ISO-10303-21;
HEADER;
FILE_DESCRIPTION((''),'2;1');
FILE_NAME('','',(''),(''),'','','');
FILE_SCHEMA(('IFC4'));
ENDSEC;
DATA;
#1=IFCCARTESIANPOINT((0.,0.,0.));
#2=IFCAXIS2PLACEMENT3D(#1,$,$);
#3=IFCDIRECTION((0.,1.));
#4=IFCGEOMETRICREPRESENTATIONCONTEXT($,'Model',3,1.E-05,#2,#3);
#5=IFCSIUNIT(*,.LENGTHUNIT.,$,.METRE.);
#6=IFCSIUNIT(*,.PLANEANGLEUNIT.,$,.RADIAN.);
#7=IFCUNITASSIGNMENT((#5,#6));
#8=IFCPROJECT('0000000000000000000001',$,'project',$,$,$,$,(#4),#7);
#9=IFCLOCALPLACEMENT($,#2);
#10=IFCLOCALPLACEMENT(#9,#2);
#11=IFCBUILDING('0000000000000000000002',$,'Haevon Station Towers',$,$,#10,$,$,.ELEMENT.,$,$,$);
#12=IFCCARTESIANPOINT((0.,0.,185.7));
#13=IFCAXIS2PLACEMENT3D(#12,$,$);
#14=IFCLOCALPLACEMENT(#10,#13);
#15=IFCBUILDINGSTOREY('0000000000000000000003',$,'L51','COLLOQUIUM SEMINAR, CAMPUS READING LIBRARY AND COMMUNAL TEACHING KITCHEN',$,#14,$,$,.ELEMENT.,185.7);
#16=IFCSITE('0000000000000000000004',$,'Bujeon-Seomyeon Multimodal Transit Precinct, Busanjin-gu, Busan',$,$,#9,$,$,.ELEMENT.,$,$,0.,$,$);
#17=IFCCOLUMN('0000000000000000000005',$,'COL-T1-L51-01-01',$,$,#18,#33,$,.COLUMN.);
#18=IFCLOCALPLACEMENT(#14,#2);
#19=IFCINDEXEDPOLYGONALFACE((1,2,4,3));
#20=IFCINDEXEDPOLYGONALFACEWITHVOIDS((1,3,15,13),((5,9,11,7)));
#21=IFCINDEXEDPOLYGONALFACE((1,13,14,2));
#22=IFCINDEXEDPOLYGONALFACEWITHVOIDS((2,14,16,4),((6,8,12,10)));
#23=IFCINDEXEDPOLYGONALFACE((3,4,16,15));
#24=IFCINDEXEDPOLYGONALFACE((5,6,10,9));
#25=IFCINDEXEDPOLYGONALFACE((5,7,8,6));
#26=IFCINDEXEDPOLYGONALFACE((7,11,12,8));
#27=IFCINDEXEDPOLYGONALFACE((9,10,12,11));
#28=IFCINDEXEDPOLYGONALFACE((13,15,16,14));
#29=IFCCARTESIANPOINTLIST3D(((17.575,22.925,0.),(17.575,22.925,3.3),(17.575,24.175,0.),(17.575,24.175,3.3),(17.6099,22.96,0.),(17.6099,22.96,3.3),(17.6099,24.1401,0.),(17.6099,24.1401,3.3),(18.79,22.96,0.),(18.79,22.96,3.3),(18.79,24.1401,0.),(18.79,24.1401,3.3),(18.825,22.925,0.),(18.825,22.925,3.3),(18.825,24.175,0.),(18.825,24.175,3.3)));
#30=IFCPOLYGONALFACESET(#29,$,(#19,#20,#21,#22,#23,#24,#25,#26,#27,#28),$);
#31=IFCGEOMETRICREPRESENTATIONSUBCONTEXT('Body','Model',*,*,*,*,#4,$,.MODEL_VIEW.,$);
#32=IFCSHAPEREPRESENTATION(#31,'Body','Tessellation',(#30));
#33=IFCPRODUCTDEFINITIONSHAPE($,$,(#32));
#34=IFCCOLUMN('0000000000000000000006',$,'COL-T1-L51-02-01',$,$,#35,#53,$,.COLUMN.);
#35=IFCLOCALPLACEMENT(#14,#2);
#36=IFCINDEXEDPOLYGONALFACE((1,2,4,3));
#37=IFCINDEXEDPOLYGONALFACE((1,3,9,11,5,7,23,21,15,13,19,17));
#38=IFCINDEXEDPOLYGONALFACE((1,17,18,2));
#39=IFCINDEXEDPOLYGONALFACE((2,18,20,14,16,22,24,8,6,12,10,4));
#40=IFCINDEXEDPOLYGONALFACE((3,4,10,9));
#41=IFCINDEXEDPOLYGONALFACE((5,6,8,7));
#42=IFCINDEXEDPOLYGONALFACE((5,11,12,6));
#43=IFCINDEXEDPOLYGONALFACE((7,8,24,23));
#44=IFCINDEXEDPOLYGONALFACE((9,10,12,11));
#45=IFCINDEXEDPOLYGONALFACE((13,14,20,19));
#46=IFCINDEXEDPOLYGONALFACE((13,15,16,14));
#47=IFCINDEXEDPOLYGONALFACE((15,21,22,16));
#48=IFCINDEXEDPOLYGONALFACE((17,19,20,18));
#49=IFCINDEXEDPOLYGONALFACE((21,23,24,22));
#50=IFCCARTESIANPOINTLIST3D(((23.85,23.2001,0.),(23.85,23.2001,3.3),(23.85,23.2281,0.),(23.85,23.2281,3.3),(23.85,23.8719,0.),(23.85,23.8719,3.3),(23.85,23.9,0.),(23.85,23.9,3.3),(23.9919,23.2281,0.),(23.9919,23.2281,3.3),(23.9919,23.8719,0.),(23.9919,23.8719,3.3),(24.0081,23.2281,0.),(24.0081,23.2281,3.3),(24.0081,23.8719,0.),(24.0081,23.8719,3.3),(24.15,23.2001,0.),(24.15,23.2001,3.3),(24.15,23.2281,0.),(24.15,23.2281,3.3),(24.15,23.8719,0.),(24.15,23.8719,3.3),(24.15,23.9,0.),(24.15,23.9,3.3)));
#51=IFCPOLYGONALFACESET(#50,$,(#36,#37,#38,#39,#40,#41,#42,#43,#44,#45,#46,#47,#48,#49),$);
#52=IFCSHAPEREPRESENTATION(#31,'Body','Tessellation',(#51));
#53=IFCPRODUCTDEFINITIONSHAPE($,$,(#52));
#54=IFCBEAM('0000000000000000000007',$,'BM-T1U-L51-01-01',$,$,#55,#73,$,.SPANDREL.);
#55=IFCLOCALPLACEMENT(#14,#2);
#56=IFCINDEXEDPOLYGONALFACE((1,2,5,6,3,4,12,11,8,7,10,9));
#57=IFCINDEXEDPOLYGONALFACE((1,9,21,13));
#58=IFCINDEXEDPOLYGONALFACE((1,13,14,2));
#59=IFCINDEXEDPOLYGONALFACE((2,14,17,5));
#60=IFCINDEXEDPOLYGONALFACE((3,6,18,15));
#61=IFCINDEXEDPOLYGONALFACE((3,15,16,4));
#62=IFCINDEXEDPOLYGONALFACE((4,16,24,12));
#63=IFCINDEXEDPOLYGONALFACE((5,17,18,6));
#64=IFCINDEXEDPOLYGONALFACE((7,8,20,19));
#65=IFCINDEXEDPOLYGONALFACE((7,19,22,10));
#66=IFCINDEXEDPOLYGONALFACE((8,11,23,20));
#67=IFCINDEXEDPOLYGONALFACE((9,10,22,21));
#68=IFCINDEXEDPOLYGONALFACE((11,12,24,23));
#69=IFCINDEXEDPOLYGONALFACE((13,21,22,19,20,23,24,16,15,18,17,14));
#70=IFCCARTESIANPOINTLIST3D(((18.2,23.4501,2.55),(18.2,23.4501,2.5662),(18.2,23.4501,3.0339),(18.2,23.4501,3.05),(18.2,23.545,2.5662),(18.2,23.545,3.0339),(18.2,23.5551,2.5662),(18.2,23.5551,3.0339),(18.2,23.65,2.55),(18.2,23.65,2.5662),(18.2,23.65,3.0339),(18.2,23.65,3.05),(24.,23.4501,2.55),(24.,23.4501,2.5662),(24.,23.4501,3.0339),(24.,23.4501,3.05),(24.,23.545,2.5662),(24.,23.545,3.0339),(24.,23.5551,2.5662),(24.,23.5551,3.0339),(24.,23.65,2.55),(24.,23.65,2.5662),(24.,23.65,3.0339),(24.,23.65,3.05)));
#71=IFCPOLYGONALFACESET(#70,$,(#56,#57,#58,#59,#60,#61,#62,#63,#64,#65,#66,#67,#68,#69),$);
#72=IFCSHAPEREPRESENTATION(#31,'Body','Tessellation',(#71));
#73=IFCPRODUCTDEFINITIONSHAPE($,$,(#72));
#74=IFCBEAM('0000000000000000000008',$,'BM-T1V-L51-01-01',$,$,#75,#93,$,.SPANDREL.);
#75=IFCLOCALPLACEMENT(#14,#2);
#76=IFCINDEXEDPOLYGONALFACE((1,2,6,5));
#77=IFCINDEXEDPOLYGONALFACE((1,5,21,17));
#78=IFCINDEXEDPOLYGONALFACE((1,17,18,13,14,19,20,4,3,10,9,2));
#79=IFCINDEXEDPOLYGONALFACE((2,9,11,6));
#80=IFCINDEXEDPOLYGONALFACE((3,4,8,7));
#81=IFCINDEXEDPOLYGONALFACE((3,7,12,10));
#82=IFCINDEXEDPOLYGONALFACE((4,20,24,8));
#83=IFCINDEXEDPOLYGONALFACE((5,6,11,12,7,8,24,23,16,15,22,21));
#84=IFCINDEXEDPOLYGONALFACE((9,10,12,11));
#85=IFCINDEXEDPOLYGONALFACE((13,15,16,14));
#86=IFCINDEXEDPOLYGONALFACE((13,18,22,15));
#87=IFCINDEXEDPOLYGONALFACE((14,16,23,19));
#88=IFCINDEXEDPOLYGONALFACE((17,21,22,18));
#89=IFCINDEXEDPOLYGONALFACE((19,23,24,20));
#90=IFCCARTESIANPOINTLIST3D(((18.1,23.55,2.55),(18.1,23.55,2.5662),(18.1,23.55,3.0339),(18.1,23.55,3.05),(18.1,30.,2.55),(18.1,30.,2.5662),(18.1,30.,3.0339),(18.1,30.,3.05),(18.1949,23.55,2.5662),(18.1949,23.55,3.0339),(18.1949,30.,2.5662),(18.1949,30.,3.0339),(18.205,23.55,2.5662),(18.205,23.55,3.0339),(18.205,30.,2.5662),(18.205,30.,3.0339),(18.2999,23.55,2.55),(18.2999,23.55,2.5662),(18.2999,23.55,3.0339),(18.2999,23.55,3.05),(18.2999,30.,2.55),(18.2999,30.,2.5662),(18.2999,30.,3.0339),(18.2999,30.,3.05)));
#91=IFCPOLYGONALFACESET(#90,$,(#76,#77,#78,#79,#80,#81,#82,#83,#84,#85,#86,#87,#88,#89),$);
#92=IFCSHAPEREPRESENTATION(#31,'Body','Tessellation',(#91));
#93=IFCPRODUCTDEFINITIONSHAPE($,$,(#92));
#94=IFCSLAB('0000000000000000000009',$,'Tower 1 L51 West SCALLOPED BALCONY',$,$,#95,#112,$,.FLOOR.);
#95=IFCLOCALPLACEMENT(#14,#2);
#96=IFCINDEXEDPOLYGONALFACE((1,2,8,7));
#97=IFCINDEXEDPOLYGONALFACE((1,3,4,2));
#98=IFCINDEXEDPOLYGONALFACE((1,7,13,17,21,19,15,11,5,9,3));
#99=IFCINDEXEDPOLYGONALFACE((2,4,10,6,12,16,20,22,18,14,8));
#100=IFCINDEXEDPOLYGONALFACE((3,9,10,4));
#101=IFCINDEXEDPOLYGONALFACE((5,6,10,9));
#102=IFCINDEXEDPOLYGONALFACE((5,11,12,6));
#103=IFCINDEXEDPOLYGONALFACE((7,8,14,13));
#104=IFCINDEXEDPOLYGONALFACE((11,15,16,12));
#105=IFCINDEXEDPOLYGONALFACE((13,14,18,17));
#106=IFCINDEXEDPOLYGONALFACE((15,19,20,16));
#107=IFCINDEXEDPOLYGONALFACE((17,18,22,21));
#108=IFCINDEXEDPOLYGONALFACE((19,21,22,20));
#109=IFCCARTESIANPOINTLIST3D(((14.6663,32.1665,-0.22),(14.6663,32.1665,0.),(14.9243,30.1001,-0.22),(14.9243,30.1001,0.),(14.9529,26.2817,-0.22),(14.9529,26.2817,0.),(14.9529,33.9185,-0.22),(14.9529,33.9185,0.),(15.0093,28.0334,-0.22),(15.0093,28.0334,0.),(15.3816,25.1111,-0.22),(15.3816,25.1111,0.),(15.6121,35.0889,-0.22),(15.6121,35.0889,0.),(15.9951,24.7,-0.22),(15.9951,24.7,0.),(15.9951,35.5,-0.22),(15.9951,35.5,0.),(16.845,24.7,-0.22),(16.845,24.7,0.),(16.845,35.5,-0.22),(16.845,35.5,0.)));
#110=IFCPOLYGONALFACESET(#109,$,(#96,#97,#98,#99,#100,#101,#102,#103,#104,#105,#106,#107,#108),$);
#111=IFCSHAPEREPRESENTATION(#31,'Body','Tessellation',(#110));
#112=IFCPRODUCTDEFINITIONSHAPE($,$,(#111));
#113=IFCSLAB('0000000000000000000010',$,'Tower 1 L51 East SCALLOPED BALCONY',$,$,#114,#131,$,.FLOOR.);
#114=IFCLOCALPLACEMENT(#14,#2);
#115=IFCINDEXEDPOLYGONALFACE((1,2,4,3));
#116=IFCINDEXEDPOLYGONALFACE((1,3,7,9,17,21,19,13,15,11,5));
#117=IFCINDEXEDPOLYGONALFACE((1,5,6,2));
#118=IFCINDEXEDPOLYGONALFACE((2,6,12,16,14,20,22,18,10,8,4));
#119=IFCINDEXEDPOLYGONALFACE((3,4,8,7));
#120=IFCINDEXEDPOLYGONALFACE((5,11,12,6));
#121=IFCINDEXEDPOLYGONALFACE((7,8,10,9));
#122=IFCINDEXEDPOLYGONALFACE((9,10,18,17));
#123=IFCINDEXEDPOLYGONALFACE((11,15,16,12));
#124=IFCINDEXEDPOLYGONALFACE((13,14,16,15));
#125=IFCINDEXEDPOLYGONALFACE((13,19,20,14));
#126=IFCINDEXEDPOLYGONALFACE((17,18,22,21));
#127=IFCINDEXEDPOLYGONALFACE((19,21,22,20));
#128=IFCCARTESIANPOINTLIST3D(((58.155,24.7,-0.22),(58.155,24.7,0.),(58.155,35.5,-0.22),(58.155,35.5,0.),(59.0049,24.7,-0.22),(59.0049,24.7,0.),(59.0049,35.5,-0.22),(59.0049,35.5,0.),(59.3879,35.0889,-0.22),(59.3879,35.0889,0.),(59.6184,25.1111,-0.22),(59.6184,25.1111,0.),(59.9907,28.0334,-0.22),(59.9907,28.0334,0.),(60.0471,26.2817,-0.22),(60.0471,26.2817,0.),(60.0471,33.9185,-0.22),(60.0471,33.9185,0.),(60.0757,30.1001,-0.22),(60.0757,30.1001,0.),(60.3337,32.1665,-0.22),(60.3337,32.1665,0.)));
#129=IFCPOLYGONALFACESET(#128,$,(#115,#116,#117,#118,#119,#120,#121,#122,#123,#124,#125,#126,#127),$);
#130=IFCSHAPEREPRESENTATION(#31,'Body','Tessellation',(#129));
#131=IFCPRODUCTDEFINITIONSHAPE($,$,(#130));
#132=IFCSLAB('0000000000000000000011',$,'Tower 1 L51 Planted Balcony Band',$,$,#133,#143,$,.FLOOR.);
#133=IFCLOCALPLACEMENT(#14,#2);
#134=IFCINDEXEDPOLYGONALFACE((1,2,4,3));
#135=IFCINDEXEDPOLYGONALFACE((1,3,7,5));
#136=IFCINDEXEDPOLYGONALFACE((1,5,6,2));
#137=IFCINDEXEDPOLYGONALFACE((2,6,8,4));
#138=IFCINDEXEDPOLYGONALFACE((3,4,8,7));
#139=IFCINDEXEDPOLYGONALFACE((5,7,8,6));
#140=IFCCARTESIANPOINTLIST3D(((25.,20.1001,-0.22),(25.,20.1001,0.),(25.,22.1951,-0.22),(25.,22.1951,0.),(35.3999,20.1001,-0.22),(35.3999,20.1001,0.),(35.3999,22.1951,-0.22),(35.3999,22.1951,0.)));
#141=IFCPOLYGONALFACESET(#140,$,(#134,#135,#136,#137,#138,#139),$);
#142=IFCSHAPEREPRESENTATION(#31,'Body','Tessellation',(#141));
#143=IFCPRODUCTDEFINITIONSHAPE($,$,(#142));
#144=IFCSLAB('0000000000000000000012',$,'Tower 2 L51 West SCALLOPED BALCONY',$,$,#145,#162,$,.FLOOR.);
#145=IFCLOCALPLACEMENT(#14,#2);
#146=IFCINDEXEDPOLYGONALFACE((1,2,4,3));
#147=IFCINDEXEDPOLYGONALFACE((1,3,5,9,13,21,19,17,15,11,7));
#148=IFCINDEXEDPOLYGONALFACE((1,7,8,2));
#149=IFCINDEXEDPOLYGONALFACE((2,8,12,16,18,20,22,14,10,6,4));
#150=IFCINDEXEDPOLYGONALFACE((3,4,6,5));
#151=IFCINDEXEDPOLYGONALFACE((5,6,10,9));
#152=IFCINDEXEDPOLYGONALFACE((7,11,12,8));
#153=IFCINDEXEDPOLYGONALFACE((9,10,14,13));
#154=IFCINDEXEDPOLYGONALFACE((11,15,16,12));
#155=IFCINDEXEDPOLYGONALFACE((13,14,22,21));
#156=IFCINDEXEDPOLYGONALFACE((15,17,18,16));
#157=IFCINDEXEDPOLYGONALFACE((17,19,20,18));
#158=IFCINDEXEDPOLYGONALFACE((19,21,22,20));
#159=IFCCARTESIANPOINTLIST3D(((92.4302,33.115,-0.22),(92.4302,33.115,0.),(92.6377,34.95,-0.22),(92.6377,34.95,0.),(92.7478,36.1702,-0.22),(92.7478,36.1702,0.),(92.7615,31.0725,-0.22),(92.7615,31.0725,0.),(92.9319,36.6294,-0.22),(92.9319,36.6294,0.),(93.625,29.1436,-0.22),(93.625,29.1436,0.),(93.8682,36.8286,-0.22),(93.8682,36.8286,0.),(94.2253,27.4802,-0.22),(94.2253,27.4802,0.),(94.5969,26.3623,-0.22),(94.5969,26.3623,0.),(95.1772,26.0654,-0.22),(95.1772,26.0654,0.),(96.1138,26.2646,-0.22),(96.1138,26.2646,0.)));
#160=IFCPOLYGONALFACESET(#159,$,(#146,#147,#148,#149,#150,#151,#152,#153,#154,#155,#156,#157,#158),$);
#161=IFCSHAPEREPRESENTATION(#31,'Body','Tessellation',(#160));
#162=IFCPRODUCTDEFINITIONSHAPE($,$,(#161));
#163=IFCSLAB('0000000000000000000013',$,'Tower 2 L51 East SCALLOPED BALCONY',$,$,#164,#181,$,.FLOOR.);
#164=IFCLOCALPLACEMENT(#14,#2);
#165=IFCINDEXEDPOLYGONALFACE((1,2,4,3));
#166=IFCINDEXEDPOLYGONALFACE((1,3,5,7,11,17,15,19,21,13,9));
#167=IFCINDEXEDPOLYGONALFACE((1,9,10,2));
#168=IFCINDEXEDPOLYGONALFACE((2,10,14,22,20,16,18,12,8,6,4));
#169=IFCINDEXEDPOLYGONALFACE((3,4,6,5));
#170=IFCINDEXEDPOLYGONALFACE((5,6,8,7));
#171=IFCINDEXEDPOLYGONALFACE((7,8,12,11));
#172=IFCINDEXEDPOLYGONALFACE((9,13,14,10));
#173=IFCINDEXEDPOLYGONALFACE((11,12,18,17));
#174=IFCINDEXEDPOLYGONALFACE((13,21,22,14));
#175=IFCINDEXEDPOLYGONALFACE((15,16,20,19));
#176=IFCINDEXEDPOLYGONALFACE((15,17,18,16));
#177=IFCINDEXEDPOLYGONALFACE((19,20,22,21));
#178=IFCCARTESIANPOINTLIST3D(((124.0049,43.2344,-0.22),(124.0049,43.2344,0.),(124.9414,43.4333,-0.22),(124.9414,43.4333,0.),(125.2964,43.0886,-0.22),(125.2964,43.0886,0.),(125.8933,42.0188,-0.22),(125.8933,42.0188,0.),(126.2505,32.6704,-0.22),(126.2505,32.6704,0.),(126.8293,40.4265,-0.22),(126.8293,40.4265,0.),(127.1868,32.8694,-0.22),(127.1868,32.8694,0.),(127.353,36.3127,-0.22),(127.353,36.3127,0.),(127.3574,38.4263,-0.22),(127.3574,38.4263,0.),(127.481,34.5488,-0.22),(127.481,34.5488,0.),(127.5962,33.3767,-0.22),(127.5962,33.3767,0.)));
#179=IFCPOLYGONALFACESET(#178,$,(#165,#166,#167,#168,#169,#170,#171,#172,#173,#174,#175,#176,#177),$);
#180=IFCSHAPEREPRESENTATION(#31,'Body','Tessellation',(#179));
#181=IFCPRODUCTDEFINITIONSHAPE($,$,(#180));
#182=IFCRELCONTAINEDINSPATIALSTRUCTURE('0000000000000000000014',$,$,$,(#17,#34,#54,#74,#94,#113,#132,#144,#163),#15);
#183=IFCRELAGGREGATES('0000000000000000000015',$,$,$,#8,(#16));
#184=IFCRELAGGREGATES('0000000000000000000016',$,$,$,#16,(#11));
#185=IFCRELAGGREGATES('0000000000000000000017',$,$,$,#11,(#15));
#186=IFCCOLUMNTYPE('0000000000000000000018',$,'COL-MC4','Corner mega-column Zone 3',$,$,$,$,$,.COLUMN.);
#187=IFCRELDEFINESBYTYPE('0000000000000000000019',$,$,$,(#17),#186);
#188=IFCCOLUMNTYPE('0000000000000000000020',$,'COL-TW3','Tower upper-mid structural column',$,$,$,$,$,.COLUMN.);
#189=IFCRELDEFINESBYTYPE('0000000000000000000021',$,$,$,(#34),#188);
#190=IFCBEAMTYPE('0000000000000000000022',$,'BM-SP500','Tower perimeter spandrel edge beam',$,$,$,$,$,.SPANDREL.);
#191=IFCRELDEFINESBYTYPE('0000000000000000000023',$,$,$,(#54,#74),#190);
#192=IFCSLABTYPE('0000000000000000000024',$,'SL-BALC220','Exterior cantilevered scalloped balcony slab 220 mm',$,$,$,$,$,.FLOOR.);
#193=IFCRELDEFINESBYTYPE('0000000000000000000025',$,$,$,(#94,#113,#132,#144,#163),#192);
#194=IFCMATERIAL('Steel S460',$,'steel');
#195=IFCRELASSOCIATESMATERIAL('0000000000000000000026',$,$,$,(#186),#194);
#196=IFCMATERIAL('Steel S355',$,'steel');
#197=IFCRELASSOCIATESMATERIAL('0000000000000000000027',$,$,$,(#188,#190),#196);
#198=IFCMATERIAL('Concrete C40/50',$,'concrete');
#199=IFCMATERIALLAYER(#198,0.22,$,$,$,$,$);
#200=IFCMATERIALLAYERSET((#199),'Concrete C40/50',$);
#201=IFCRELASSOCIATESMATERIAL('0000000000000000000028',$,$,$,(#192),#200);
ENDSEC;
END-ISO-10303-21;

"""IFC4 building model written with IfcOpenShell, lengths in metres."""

from ifc_helpers import new_model, si_unit, direction, frame, origin, origin_2d, place, context, subcontext, project, spatial, polyline, hollow_rectangle, i_section, outline, extrude, material, layer, layer_set, material_profile, profile_set, type_object, element, save


model = new_model("IFC4")

# Units and contexts
model_context = context("Model", 3, precision=1e-05, world=origin(), true_north=direction((0.0, 1.0)))
body_context = subcontext(model_context, "Body", "Model", "MODEL_VIEW")
ifc_project = project(units=[si_unit("LENGTHUNIT", "METRE"), si_unit("PLANEANGLEUNIT", "RADIAN")], contexts=[model_context])

# Site, building, storey
site_placement = place(None, origin())
site = spatial("IfcSite", under=ifc_project, at=site_placement, Name="Bujeon-Seomyeon Multimodal Transit Precinct, Busanjin-gu, Busan", CompositionType="ELEMENT", RefElevation=0.0)
building_placement = place(site_placement, origin())
building = spatial("IfcBuilding", under=site, at=building_placement, Name="Haevon Station Towers", CompositionType="ELEMENT")
storey_placement = place(building_placement, frame((0.0, 0.0, 185.7)))
storey = spatial("IfcBuildingStorey", under=building, at=storey_placement, Name="L51", Description="COLLOQUIUM SEMINAR, CAMPUS READING LIBRARY AND COMMUNAL TEACHING KITCHEN", CompositionType="ELEMENT", Elevation=185.7)

# Columns
ifc_material_1 = material(Name="Steel S460", Category="steel")
ifc_material_profile_1 = material_profile(ifc_material_1, hollow_rectangle(XDim=1.25, YDim=1.25, WallThickness=0.0349, at=origin_2d()), Name="BOX-1250x1250x35")
ifc_profile_set_1 = profile_set([ifc_material_profile_1], Name="Steel S460")
column_type_1 = type_object("IfcColumnType", Name="COL-MC4", Description="Corner mega-column Zone 3", PredefinedType="COLUMN", material=ifc_profile_set_1)
column_1_placement = place(storey_placement, frame((18.2, 23.55, 0.0), z_axis=(0.0, 0.0, 1.0), x_axis=(1.0, 0.0, 0.0)))
element("IfcColumn", 1, at=column_1_placement, inside=storey, type_object=column_type_1, Name="COL-T1-L51-01-01", PredefinedType="COLUMN", context=body_context, shape_type="SweptSolid", body=[
    extrude(hollow_rectangle(XDim=1.25, YDim=1.25, WallThickness=0.0349, at=origin_2d()), origin(), (0.0, 0.0, 1.0), 3.3),
])
ifc_material_2 = material(Name="Steel S355", Category="steel")
ifc_material_profile_2 = material_profile(ifc_material_2, i_section(OverallWidth=0.3, OverallDepth=0.7, WebThickness=0.0161, FlangeThickness=0.0281, at=origin_2d()), Name="H-700x300x16x28")
ifc_profile_set_2 = profile_set([ifc_material_profile_2], Name="Steel S355")
column_type_2 = type_object("IfcColumnType", Name="COL-TW3", Description="Tower upper-mid structural column", PredefinedType="COLUMN", material=ifc_profile_set_2)
column_2_placement = place(storey_placement, frame((24.0, 23.55, 0.0), z_axis=(0.0, 0.0, 1.0), x_axis=(1.0, 0.0, 0.0)))
element("IfcColumn", 2, at=column_2_placement, inside=storey, type_object=column_type_2, Name="COL-T1-L51-02-01", PredefinedType="COLUMN", context=body_context, shape_type="SweptSolid", body=[
    extrude(i_section(OverallWidth=0.3, OverallDepth=0.7, WebThickness=0.0161, FlangeThickness=0.0281, at=origin_2d()), origin(), (0.0, 0.0, 1.0), 3.3),
])

# Beams
ifc_material_profile_3 = material_profile(ifc_material_2, i_section(OverallWidth=0.2, OverallDepth=0.5, WebThickness=0.01, FlangeThickness=0.0161, at=origin_2d()), Name="H-500x200x10x16")
ifc_profile_set_3 = profile_set([ifc_material_profile_3], Name="Steel S355")
beam_type = type_object("IfcBeamType", Name="BM-SP500", Description="Tower perimeter spandrel edge beam", PredefinedType="SPANDREL", material=ifc_profile_set_3)
beam_1_placement = place(storey_placement, frame((18.2, 23.55, 2.8), z_axis=(1.0, 0.0, 0.0), x_axis=(0.0, 1.0, 0.0)))
element("IfcBeam", 3, at=beam_1_placement, inside=storey, type_object=beam_type, Name="BM-T1U-L51-01-01", PredefinedType="SPANDREL", context=body_context, shape_type="SweptSolid", body=[
    extrude(i_section(OverallWidth=0.2, OverallDepth=0.5, WebThickness=0.01, FlangeThickness=0.0161, at=origin_2d()), origin(), (0.0, 0.0, 1.0), 5.8),
])
beam_2_placement = place(storey_placement, frame((18.2, 23.55, 2.8), z_axis=(0.0, 1.0, 0.0), x_axis=(-1.0, 0.0, 0.0)))
element("IfcBeam", 4, at=beam_2_placement, inside=storey, type_object=beam_type, Name="BM-T1V-L51-01-01", PredefinedType="SPANDREL", context=body_context, shape_type="SweptSolid", body=[
    extrude(i_section(OverallWidth=0.2, OverallDepth=0.5, WebThickness=0.01, FlangeThickness=0.0161, at=origin_2d()), origin(), (0.0, 0.0, 1.0), 6.45),
])

# Slabs
ifc_material_3 = material(Name="Concrete C40/50", Category="concrete")
ifc_layer_1 = layer(ifc_material_3, 0.22)
ifc_layer_set_1 = layer_set([ifc_layer_1], Name="Concrete C40/50")
slab_type_1 = type_object("IfcSlabType", Name="SL-BALC220", Description="Exterior cantilevered scalloped balcony slab 220 mm", PredefinedType="FLOOR", material=ifc_layer_set_1)
slab_1_placement = place(storey_placement, frame((0.0, 0.0, -0.22)))
element("IfcSlab", 5, at=slab_1_placement, inside=storey, type_object=slab_type_1, Name="Tower 1 L51 West SCALLOPED BALCONY", PredefinedType="FLOOR", context=body_context, shape_type="SweptSolid", body=[
    extrude(outline(polyline([(16.845, 35.5), (15.9951, 35.5), (15.6121, 35.0889), (14.9529, 33.9185), (14.6663, 32.1665), (14.9243, 30.1001), (15.0093, 28.0334), (14.9529, 26.2817), (15.3816, 25.1111), (15.9951, 24.7), (16.845, 24.7), (16.845, 35.5)])), origin(), (0.0, 0.0, 1.0), 0.22),
])
slab_2_placement = place(storey_placement, frame((0.0, 0.0, -0.22)))
element("IfcSlab", 6, at=slab_2_placement, inside=storey, type_object=slab_type_1, Name="Tower 1 L51 East SCALLOPED BALCONY", PredefinedType="FLOOR", context=body_context, shape_type="SweptSolid", body=[
    extrude(outline(polyline([(58.155, 24.7), (59.0049, 24.7), (59.6184, 25.1111), (60.0471, 26.2817), (59.9907, 28.0334), (60.0757, 30.1001), (60.3337, 32.1665), (60.0471, 33.9185), (59.3879, 35.0889), (59.0049, 35.5), (58.155, 35.5), (58.155, 24.7)])), origin(), (0.0, 0.0, 1.0), 0.22),
])
slab_3_placement = place(storey_placement, frame((0.0, 0.0, -0.22)))
element("IfcSlab", 7, at=slab_3_placement, inside=storey, type_object=slab_type_1, Name="Tower 1 L51 Planted Balcony Band", PredefinedType="FLOOR", context=body_context, shape_type="SweptSolid", body=[
    extrude(outline(polyline([(25.0, 20.1001), (35.3999, 20.1001), (35.3999, 22.1951), (25.0, 22.1951), (25.0, 20.1001)])), origin(), (0.0, 0.0, 1.0), 0.22),
])
slab_4_placement = place(storey_placement, frame((0.0, 0.0, -0.22)))
element("IfcSlab", 8, at=slab_4_placement, inside=storey, type_object=slab_type_1, Name="Tower 2 L51 West SCALLOPED BALCONY", PredefinedType="FLOOR", context=body_context, shape_type="SweptSolid", body=[
    extrude(outline(polyline([(93.8682, 36.8286), (92.9319, 36.6294), (92.7478, 36.1702), (92.6377, 34.95), (92.4302, 33.115), (92.7615, 31.0725), (93.625, 29.1436), (94.2253, 27.4802), (94.5969, 26.3623), (95.1772, 26.0654), (96.1138, 26.2646), (93.8682, 36.8286)])), origin(), (0.0, 0.0, 1.0), 0.22),
])
slab_5_placement = place(storey_placement, frame((0.0, 0.0, -0.22)))
element("IfcSlab", 9, at=slab_5_placement, inside=storey, type_object=slab_type_1, Name="Tower 2 L51 East SCALLOPED BALCONY", PredefinedType="FLOOR", context=body_context, shape_type="SweptSolid", body=[
    extrude(outline(polyline([(126.2505, 32.6704), (127.1868, 32.8694), (127.5962, 33.3767), (127.481, 34.5488), (127.353, 36.3127), (127.3574, 38.4263), (126.8293, 40.4265), (125.8933, 42.0188), (125.2964, 43.0886), (124.9414, 43.4333), (124.0049, 43.2344), (126.2505, 32.6704)])), origin(), (0.0, 0.0, 1.0), 0.22),
])

save(model, "model.ifc")
